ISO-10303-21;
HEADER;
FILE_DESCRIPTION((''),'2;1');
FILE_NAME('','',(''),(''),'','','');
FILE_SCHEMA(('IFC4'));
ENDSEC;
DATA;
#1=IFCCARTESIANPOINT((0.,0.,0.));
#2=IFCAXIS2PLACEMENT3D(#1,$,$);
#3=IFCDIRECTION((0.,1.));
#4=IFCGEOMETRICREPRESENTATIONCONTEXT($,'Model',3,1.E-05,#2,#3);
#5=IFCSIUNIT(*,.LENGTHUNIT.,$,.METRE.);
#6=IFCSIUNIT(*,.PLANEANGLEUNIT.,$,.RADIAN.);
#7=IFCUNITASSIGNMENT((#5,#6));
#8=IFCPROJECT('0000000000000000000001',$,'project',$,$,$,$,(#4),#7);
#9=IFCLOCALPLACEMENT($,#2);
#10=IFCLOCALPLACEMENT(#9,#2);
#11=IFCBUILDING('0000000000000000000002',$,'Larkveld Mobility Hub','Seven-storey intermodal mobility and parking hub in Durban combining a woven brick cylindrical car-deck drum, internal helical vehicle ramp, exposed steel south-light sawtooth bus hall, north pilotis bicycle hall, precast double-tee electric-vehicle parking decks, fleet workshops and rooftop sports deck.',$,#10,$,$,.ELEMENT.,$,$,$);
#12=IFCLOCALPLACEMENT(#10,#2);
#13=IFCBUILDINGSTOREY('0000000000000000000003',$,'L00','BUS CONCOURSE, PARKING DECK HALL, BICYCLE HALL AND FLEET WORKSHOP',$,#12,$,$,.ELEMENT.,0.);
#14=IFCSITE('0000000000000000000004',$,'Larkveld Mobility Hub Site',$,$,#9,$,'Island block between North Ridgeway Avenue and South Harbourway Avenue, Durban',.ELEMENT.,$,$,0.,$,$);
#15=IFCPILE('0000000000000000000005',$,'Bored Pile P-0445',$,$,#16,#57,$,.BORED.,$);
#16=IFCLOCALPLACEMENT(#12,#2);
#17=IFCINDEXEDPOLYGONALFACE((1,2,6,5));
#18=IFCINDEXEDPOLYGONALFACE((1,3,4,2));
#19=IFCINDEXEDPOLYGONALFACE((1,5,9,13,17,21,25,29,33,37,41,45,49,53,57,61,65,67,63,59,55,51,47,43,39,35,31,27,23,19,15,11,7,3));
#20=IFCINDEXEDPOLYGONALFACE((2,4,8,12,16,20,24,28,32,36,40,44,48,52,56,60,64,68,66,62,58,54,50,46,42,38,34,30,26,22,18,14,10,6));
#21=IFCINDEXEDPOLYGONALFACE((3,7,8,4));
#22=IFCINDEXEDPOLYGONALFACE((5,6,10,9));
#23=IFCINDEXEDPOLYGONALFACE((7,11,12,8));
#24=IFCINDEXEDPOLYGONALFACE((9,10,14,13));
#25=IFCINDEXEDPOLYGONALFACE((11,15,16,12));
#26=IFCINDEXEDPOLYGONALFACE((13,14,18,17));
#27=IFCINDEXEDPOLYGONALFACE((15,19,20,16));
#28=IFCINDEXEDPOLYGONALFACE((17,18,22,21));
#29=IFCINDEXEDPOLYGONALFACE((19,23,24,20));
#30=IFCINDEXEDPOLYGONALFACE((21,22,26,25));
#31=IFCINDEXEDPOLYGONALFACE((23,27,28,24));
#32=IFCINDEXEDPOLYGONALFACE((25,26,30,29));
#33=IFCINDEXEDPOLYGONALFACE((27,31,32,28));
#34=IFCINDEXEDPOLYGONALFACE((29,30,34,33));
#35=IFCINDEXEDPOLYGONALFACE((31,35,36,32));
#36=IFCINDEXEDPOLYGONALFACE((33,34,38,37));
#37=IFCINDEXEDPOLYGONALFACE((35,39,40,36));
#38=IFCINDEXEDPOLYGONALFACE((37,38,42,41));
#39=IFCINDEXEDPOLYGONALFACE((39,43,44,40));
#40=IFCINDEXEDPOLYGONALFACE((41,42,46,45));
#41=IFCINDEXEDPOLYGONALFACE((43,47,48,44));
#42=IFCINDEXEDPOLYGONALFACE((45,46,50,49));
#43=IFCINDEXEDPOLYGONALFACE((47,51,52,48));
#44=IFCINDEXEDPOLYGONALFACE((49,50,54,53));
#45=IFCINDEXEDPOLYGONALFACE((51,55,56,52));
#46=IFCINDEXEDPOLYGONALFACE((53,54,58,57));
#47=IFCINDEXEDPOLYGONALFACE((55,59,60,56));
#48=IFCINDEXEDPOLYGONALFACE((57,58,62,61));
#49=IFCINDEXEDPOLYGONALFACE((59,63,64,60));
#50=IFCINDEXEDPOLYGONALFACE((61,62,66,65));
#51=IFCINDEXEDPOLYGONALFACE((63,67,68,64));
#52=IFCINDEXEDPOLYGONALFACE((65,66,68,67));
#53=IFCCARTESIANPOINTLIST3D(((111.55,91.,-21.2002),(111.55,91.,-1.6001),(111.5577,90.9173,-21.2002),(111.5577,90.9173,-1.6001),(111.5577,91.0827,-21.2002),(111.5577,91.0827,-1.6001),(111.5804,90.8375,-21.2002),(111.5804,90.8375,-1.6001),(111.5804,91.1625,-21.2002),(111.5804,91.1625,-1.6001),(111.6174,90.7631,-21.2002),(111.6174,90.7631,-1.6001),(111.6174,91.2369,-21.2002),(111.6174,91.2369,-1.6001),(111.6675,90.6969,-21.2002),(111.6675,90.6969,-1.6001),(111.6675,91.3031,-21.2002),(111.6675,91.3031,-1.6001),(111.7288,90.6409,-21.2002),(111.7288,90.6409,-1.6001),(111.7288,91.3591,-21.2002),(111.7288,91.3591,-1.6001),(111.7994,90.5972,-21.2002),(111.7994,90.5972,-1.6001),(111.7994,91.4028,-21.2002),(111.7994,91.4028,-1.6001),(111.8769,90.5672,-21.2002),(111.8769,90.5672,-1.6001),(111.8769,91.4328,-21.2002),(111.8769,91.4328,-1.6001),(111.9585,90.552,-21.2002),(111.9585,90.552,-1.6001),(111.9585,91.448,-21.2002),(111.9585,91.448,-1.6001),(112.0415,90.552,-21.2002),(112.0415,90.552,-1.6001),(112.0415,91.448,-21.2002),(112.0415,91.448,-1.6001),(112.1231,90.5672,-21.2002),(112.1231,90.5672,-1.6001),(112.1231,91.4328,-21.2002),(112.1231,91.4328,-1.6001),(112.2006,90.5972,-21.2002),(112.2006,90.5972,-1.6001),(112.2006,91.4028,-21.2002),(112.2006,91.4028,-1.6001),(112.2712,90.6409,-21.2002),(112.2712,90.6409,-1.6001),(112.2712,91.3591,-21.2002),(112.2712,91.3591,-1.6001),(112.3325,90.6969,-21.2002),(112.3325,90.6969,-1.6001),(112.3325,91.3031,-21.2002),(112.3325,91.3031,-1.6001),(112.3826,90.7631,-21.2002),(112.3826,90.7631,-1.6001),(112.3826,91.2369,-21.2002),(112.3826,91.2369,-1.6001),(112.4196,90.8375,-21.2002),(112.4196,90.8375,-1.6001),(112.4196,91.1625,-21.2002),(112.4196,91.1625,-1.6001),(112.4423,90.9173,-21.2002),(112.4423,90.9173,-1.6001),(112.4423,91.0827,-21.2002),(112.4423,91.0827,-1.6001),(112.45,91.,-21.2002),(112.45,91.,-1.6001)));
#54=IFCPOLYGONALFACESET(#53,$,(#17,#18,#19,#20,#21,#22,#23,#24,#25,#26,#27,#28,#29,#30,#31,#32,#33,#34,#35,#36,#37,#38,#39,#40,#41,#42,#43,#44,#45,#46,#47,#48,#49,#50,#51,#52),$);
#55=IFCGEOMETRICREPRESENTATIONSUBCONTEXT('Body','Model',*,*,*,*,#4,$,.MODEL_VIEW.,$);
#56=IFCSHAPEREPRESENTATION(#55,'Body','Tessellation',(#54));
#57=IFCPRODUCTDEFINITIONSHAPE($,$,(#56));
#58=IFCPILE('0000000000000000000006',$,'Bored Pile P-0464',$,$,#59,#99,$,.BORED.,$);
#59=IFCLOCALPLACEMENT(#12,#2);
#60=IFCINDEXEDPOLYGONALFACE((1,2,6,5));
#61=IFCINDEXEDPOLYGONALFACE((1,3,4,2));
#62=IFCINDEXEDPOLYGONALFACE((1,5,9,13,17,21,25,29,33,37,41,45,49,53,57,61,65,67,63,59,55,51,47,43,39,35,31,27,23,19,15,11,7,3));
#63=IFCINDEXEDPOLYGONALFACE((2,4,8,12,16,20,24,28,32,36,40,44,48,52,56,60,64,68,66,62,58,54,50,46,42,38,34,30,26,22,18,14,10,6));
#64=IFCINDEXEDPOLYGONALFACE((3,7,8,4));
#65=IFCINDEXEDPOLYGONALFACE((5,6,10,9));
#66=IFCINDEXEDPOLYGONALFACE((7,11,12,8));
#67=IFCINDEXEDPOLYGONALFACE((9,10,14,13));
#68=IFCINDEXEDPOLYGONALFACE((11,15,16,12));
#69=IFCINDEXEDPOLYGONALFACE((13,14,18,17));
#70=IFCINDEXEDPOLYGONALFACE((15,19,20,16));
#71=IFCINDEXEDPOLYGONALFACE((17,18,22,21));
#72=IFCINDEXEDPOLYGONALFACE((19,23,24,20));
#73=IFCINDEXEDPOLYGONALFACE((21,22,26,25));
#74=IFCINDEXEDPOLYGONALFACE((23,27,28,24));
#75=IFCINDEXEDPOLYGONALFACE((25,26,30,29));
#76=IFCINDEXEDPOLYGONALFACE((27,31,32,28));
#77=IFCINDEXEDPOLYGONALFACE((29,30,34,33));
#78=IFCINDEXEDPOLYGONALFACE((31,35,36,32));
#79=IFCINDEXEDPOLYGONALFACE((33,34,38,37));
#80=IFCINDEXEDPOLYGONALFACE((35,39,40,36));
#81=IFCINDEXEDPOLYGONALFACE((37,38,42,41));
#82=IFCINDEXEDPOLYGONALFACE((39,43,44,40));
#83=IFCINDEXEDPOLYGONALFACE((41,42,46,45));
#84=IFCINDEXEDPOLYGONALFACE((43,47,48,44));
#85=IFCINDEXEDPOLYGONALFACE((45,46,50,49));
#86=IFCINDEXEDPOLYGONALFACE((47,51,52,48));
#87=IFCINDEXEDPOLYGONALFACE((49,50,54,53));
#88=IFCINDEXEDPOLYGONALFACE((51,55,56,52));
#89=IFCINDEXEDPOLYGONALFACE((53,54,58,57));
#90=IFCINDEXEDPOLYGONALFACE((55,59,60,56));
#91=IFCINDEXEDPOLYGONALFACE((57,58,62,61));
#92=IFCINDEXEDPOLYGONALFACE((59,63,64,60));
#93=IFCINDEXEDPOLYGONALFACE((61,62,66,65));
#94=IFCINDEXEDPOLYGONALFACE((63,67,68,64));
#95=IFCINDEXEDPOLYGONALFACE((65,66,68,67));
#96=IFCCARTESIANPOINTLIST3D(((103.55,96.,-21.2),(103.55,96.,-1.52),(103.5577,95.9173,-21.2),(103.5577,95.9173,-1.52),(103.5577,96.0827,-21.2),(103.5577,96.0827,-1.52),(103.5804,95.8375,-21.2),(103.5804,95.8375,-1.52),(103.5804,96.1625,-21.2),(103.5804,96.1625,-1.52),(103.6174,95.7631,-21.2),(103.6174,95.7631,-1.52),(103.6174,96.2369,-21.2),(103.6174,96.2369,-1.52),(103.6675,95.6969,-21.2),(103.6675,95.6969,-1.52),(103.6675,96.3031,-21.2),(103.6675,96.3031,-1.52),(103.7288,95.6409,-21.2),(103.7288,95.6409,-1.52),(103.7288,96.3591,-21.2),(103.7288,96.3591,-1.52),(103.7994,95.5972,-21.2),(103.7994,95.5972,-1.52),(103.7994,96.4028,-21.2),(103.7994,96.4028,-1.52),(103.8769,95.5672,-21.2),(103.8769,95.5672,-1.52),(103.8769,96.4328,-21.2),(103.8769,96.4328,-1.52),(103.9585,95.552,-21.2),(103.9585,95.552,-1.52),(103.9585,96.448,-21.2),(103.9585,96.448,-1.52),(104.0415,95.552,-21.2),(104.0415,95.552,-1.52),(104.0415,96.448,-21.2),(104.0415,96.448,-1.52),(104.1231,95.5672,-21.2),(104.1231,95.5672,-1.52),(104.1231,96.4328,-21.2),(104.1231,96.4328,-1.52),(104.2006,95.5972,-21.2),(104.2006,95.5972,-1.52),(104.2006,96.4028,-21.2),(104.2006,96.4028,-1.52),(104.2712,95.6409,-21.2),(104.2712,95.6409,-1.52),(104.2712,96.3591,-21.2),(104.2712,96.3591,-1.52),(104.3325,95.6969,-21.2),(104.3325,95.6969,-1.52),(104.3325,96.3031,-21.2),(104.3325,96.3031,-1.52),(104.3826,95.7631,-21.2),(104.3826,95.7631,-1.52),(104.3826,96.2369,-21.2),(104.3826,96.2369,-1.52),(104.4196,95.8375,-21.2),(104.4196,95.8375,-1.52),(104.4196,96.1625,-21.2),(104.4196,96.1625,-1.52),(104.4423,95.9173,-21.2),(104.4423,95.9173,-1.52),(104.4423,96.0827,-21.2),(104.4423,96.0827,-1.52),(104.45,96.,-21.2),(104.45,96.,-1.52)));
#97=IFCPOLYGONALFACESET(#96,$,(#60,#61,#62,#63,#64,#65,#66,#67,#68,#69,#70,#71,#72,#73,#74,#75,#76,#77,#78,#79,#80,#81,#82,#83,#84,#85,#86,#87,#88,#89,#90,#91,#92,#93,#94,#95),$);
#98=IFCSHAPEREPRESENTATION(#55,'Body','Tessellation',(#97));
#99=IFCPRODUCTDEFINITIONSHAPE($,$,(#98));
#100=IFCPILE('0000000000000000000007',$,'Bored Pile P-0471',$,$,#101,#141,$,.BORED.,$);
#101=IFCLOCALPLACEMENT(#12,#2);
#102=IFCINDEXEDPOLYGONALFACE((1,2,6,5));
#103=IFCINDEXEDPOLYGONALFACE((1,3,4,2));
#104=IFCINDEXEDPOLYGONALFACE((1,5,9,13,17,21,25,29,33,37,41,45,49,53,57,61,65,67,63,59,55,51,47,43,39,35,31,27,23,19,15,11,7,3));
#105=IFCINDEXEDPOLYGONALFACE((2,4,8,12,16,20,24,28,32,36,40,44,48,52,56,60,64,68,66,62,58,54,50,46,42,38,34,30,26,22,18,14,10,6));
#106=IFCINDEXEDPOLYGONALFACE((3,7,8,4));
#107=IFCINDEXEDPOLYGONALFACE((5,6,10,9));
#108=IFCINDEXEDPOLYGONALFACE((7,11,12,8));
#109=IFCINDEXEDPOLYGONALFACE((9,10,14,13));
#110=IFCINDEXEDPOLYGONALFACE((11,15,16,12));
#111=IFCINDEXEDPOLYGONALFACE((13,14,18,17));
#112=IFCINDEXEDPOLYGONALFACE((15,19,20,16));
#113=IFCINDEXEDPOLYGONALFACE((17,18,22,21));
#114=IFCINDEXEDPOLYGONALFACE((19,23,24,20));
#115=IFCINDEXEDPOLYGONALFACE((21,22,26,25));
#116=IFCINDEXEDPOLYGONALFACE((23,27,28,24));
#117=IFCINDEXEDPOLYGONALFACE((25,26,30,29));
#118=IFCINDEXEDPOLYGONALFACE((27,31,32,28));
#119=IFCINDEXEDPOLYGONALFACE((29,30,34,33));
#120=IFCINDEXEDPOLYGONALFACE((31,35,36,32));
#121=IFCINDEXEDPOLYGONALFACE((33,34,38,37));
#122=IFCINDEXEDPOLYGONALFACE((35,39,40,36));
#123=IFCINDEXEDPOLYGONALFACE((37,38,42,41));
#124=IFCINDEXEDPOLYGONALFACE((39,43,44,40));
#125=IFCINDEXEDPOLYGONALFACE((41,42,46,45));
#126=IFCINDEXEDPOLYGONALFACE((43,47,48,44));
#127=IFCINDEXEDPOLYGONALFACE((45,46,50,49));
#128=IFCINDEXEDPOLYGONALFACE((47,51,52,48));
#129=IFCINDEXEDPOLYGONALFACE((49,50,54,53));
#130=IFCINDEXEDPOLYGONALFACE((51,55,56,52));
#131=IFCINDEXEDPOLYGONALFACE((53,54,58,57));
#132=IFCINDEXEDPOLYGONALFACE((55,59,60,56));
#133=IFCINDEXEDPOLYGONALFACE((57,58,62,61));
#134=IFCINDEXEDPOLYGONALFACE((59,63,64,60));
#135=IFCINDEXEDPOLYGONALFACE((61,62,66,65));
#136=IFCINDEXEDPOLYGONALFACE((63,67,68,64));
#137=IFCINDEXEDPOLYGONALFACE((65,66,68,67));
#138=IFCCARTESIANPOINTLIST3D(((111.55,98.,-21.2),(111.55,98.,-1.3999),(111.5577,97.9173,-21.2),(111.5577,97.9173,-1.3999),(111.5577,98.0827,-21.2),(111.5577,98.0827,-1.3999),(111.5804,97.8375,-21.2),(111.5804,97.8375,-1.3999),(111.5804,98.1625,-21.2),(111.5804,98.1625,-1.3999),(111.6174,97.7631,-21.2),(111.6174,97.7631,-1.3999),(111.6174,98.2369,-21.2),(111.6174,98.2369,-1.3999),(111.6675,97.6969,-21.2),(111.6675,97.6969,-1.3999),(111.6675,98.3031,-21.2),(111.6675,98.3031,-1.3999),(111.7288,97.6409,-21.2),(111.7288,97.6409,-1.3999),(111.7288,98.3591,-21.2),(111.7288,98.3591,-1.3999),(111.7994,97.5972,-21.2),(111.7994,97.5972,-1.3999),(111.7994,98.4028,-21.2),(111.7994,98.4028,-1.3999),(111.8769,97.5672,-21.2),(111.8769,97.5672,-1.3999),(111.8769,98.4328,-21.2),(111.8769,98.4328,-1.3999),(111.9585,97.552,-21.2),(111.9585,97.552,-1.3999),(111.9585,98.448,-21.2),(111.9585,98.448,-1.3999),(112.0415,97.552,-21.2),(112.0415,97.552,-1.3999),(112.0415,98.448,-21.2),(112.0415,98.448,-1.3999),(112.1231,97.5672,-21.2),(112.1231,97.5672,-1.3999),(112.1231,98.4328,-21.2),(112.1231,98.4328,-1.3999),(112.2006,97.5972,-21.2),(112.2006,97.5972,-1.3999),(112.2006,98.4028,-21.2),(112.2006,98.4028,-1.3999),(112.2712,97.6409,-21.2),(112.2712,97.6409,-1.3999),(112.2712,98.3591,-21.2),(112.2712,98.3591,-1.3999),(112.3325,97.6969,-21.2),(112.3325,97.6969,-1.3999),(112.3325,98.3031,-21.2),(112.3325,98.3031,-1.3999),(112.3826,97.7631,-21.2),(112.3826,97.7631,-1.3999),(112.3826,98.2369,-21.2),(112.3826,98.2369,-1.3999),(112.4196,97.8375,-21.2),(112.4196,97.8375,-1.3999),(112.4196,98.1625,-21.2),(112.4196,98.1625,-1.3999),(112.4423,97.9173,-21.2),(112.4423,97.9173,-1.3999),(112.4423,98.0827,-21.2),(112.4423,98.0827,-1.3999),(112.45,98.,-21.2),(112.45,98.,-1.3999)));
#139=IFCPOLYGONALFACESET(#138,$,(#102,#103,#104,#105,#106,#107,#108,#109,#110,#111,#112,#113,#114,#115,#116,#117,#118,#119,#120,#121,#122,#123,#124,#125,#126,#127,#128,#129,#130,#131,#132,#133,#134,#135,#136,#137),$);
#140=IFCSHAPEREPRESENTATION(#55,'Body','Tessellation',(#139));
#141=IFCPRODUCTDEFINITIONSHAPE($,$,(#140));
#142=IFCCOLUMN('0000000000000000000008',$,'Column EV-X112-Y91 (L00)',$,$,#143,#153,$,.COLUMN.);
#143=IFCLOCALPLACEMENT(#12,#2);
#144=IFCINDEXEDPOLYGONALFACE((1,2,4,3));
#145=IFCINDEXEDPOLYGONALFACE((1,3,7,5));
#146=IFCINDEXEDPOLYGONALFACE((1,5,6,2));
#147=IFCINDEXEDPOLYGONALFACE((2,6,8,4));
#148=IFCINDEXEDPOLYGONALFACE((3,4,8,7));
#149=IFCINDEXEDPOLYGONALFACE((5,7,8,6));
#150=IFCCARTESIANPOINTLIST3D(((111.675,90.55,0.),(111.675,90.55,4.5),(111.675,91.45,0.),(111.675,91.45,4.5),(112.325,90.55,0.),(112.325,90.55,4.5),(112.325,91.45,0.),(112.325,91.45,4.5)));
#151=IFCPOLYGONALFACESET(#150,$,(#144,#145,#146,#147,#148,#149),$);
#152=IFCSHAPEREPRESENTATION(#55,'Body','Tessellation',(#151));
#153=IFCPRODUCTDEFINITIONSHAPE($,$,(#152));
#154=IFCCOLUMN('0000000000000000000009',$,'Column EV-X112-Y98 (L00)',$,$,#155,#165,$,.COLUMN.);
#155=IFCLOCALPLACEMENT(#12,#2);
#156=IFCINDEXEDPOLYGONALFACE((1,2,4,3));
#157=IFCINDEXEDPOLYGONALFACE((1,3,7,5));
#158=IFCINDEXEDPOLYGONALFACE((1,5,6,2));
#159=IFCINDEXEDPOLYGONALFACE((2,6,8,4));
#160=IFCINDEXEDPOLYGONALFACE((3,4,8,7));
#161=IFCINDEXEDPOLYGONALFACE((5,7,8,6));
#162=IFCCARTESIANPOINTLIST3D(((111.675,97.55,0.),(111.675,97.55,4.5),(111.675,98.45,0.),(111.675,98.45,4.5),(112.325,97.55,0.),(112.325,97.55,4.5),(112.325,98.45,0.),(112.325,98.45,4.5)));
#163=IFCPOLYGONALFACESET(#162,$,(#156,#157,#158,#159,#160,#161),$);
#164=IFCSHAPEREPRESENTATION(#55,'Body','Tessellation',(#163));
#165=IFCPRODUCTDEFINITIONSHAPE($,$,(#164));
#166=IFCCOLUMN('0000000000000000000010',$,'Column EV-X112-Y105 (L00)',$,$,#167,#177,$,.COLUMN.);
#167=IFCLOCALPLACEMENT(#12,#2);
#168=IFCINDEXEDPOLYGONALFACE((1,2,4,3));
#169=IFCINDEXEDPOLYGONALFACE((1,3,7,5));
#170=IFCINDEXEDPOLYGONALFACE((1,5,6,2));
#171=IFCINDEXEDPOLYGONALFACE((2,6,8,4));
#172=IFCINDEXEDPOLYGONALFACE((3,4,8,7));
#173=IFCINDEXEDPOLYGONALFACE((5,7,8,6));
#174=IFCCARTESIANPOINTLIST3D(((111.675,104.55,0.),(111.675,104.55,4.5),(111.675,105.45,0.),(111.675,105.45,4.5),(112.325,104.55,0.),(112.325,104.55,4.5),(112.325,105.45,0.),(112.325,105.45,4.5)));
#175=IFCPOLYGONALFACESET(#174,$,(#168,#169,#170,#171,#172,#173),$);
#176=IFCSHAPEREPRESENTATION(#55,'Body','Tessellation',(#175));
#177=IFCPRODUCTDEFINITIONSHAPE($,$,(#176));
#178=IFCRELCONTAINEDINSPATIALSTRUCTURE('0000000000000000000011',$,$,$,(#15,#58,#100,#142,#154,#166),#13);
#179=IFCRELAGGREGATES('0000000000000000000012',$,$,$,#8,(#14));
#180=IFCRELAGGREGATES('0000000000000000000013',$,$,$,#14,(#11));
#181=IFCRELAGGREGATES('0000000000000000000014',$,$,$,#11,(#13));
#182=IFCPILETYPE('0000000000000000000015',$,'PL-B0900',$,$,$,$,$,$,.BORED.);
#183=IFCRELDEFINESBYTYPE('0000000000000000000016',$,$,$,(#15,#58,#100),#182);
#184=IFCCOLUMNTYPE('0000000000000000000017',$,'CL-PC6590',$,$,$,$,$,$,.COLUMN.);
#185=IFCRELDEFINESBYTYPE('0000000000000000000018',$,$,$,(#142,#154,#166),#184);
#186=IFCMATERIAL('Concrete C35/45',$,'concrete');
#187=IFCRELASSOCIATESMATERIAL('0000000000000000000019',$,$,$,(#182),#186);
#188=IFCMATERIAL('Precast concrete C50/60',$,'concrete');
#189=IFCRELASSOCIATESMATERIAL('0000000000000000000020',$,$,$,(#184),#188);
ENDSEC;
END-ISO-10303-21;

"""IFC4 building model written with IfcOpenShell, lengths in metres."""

from ifc_helpers import new_model, si_unit, direction, frame, origin, origin_2d, place, context, subcontext, project, spatial, rectangle, circle, extrude, material, material_profile, profile_set, type_object, element, save


model = new_model("IFC4")

# Units and contexts
model_context = context("Model", 3, precision=1e-05, world=origin(), true_north=direction((0.0, 1.0)))
body_context = subcontext(model_context, "Body", "Model", "MODEL_VIEW")
ifc_project = project(units=[si_unit("LENGTHUNIT", "METRE"), si_unit("PLANEANGLEUNIT", "RADIAN")], contexts=[model_context])

# Site, building, storey
site_placement = place(None, origin())
site = spatial("IfcSite", under=ifc_project, at=site_placement, Name="Larkveld Mobility Hub Site", LongName="Island block between North Ridgeway Avenue and South Harbourway Avenue, Durban", CompositionType="ELEMENT", RefElevation=0.0)
building_placement = place(site_placement, origin())
building = spatial("IfcBuilding", under=site, at=building_placement, Name="Larkveld Mobility Hub", Description="Seven-storey intermodal mobility and parking hub in Durban combining a woven brick cylindrical car-deck drum, internal helical vehicle ramp, exposed steel south-light sawtooth bus hall, north pilotis bicycle hall, precast double-tee electric-vehicle parking decks, fleet workshops and rooftop sports deck.", CompositionType="ELEMENT")
storey_placement = place(building_placement, origin())
storey = spatial("IfcBuildingStorey", under=building, at=storey_placement, Name="L00", Description="BUS CONCOURSE, PARKING DECK HALL, BICYCLE HALL AND FLEET WORKSHOP", CompositionType="ELEMENT", Elevation=0.0)

# Shared definitions
ifc_material_1 = material(Name="Concrete C35/45", Category="concrete")

# Piles
ifc_material_profile_1 = material_profile(ifc_material_1, circle(Radius=0.45, at=origin_2d()), Name="PILE D900")
ifc_profile_set_1 = profile_set([ifc_material_profile_1], Name="Concrete C35/45")
pile_type_1 = type_object("IfcPileType", Name="PL-B0900", PredefinedType="BORED", material=ifc_profile_set_1)
pile_1_placement = place(storey_placement, frame((112.0, 91.0, -1.6001), z_axis=(0.0, 0.0, -1.0), x_axis=(1.0, 0.0, 0.0)))
element("IfcPile", 1, at=pile_1_placement, inside=storey, type_object=pile_type_1, Name="Bored Pile P-0445", PredefinedType="BORED", context=body_context, shape_type="SweptSolid", body=[
    extrude(circle(Radius=0.45, at=origin_2d()), origin(), (0.0, 0.0, 1.0), 19.6001),
])
pile_2_placement = place(storey_placement, frame((104.0, 96.0, -1.52), z_axis=(0.0, 0.0, -1.0), x_axis=(1.0, 0.0, 0.0)))
element("IfcPile", 2, at=pile_2_placement, inside=storey, type_object=pile_type_1, Name="Bored Pile P-0464", PredefinedType="BORED", context=body_context, shape_type="SweptSolid", body=[
    extrude(circle(Radius=0.45, at=origin_2d()), origin(), (0.0, 0.0, 1.0), 19.6799),
])
pile_3_placement = place(storey_placement, frame((112.0, 98.0, -1.3999), z_axis=(0.0, 0.0, -1.0), x_axis=(1.0, 0.0, 0.0)))
element("IfcPile", 3, at=pile_3_placement, inside=storey, type_object=pile_type_1, Name="Bored Pile P-0471", PredefinedType="BORED", context=body_context, shape_type="SweptSolid", body=[
    extrude(circle(Radius=0.45, at=origin_2d()), origin(), (0.0, 0.0, 1.0), 19.8),
])

# Columns
ifc_material_2 = material(Name="Precast concrete C50/60", Category="concrete")
ifc_material_profile_2 = material_profile(ifc_material_2, rectangle(XDim=0.6499, YDim=0.8999, at=origin_2d()), Name="RC COL 650x900")
ifc_profile_set_2 = profile_set([ifc_material_profile_2], Name="Precast concrete C50/60")
column_type_1 = type_object("IfcColumnType", Name="CL-PC6590", PredefinedType="COLUMN", material=ifc_profile_set_2)
for number, where, z_axis, x_axis, name in (
    (4, (112.0, 91.0, 0.0), (0.0, 0.0, 1.0), (1.0, 0.0, 0.0), "Column EV-X112-Y91 (L00)"),
    (5, (112.0, 98.0, 0.0), (0.0, 0.0, 1.0), (1.0, 0.0, 0.0), "Column EV-X112-Y98 (L00)"),
    (6, (112.0, 105.0, 0.0), (0.0, 0.0, 1.0), (1.0, 0.0, 0.0), "Column EV-X112-Y105 (L00)"),
):
    element("IfcColumn", number, at=place(storey_placement, frame(where, z_axis=z_axis, x_axis=x_axis)), inside=storey, type_object=column_type_1, Name=name, PredefinedType="COLUMN", context=body_context, shape_type="SweptSolid", body=[
        extrude(rectangle(XDim=0.6499, YDim=0.8999, at=origin_2d()), origin(), (0.0, 0.0, 1.0), 4.5),
    ])

save(model, "model.ifc")
